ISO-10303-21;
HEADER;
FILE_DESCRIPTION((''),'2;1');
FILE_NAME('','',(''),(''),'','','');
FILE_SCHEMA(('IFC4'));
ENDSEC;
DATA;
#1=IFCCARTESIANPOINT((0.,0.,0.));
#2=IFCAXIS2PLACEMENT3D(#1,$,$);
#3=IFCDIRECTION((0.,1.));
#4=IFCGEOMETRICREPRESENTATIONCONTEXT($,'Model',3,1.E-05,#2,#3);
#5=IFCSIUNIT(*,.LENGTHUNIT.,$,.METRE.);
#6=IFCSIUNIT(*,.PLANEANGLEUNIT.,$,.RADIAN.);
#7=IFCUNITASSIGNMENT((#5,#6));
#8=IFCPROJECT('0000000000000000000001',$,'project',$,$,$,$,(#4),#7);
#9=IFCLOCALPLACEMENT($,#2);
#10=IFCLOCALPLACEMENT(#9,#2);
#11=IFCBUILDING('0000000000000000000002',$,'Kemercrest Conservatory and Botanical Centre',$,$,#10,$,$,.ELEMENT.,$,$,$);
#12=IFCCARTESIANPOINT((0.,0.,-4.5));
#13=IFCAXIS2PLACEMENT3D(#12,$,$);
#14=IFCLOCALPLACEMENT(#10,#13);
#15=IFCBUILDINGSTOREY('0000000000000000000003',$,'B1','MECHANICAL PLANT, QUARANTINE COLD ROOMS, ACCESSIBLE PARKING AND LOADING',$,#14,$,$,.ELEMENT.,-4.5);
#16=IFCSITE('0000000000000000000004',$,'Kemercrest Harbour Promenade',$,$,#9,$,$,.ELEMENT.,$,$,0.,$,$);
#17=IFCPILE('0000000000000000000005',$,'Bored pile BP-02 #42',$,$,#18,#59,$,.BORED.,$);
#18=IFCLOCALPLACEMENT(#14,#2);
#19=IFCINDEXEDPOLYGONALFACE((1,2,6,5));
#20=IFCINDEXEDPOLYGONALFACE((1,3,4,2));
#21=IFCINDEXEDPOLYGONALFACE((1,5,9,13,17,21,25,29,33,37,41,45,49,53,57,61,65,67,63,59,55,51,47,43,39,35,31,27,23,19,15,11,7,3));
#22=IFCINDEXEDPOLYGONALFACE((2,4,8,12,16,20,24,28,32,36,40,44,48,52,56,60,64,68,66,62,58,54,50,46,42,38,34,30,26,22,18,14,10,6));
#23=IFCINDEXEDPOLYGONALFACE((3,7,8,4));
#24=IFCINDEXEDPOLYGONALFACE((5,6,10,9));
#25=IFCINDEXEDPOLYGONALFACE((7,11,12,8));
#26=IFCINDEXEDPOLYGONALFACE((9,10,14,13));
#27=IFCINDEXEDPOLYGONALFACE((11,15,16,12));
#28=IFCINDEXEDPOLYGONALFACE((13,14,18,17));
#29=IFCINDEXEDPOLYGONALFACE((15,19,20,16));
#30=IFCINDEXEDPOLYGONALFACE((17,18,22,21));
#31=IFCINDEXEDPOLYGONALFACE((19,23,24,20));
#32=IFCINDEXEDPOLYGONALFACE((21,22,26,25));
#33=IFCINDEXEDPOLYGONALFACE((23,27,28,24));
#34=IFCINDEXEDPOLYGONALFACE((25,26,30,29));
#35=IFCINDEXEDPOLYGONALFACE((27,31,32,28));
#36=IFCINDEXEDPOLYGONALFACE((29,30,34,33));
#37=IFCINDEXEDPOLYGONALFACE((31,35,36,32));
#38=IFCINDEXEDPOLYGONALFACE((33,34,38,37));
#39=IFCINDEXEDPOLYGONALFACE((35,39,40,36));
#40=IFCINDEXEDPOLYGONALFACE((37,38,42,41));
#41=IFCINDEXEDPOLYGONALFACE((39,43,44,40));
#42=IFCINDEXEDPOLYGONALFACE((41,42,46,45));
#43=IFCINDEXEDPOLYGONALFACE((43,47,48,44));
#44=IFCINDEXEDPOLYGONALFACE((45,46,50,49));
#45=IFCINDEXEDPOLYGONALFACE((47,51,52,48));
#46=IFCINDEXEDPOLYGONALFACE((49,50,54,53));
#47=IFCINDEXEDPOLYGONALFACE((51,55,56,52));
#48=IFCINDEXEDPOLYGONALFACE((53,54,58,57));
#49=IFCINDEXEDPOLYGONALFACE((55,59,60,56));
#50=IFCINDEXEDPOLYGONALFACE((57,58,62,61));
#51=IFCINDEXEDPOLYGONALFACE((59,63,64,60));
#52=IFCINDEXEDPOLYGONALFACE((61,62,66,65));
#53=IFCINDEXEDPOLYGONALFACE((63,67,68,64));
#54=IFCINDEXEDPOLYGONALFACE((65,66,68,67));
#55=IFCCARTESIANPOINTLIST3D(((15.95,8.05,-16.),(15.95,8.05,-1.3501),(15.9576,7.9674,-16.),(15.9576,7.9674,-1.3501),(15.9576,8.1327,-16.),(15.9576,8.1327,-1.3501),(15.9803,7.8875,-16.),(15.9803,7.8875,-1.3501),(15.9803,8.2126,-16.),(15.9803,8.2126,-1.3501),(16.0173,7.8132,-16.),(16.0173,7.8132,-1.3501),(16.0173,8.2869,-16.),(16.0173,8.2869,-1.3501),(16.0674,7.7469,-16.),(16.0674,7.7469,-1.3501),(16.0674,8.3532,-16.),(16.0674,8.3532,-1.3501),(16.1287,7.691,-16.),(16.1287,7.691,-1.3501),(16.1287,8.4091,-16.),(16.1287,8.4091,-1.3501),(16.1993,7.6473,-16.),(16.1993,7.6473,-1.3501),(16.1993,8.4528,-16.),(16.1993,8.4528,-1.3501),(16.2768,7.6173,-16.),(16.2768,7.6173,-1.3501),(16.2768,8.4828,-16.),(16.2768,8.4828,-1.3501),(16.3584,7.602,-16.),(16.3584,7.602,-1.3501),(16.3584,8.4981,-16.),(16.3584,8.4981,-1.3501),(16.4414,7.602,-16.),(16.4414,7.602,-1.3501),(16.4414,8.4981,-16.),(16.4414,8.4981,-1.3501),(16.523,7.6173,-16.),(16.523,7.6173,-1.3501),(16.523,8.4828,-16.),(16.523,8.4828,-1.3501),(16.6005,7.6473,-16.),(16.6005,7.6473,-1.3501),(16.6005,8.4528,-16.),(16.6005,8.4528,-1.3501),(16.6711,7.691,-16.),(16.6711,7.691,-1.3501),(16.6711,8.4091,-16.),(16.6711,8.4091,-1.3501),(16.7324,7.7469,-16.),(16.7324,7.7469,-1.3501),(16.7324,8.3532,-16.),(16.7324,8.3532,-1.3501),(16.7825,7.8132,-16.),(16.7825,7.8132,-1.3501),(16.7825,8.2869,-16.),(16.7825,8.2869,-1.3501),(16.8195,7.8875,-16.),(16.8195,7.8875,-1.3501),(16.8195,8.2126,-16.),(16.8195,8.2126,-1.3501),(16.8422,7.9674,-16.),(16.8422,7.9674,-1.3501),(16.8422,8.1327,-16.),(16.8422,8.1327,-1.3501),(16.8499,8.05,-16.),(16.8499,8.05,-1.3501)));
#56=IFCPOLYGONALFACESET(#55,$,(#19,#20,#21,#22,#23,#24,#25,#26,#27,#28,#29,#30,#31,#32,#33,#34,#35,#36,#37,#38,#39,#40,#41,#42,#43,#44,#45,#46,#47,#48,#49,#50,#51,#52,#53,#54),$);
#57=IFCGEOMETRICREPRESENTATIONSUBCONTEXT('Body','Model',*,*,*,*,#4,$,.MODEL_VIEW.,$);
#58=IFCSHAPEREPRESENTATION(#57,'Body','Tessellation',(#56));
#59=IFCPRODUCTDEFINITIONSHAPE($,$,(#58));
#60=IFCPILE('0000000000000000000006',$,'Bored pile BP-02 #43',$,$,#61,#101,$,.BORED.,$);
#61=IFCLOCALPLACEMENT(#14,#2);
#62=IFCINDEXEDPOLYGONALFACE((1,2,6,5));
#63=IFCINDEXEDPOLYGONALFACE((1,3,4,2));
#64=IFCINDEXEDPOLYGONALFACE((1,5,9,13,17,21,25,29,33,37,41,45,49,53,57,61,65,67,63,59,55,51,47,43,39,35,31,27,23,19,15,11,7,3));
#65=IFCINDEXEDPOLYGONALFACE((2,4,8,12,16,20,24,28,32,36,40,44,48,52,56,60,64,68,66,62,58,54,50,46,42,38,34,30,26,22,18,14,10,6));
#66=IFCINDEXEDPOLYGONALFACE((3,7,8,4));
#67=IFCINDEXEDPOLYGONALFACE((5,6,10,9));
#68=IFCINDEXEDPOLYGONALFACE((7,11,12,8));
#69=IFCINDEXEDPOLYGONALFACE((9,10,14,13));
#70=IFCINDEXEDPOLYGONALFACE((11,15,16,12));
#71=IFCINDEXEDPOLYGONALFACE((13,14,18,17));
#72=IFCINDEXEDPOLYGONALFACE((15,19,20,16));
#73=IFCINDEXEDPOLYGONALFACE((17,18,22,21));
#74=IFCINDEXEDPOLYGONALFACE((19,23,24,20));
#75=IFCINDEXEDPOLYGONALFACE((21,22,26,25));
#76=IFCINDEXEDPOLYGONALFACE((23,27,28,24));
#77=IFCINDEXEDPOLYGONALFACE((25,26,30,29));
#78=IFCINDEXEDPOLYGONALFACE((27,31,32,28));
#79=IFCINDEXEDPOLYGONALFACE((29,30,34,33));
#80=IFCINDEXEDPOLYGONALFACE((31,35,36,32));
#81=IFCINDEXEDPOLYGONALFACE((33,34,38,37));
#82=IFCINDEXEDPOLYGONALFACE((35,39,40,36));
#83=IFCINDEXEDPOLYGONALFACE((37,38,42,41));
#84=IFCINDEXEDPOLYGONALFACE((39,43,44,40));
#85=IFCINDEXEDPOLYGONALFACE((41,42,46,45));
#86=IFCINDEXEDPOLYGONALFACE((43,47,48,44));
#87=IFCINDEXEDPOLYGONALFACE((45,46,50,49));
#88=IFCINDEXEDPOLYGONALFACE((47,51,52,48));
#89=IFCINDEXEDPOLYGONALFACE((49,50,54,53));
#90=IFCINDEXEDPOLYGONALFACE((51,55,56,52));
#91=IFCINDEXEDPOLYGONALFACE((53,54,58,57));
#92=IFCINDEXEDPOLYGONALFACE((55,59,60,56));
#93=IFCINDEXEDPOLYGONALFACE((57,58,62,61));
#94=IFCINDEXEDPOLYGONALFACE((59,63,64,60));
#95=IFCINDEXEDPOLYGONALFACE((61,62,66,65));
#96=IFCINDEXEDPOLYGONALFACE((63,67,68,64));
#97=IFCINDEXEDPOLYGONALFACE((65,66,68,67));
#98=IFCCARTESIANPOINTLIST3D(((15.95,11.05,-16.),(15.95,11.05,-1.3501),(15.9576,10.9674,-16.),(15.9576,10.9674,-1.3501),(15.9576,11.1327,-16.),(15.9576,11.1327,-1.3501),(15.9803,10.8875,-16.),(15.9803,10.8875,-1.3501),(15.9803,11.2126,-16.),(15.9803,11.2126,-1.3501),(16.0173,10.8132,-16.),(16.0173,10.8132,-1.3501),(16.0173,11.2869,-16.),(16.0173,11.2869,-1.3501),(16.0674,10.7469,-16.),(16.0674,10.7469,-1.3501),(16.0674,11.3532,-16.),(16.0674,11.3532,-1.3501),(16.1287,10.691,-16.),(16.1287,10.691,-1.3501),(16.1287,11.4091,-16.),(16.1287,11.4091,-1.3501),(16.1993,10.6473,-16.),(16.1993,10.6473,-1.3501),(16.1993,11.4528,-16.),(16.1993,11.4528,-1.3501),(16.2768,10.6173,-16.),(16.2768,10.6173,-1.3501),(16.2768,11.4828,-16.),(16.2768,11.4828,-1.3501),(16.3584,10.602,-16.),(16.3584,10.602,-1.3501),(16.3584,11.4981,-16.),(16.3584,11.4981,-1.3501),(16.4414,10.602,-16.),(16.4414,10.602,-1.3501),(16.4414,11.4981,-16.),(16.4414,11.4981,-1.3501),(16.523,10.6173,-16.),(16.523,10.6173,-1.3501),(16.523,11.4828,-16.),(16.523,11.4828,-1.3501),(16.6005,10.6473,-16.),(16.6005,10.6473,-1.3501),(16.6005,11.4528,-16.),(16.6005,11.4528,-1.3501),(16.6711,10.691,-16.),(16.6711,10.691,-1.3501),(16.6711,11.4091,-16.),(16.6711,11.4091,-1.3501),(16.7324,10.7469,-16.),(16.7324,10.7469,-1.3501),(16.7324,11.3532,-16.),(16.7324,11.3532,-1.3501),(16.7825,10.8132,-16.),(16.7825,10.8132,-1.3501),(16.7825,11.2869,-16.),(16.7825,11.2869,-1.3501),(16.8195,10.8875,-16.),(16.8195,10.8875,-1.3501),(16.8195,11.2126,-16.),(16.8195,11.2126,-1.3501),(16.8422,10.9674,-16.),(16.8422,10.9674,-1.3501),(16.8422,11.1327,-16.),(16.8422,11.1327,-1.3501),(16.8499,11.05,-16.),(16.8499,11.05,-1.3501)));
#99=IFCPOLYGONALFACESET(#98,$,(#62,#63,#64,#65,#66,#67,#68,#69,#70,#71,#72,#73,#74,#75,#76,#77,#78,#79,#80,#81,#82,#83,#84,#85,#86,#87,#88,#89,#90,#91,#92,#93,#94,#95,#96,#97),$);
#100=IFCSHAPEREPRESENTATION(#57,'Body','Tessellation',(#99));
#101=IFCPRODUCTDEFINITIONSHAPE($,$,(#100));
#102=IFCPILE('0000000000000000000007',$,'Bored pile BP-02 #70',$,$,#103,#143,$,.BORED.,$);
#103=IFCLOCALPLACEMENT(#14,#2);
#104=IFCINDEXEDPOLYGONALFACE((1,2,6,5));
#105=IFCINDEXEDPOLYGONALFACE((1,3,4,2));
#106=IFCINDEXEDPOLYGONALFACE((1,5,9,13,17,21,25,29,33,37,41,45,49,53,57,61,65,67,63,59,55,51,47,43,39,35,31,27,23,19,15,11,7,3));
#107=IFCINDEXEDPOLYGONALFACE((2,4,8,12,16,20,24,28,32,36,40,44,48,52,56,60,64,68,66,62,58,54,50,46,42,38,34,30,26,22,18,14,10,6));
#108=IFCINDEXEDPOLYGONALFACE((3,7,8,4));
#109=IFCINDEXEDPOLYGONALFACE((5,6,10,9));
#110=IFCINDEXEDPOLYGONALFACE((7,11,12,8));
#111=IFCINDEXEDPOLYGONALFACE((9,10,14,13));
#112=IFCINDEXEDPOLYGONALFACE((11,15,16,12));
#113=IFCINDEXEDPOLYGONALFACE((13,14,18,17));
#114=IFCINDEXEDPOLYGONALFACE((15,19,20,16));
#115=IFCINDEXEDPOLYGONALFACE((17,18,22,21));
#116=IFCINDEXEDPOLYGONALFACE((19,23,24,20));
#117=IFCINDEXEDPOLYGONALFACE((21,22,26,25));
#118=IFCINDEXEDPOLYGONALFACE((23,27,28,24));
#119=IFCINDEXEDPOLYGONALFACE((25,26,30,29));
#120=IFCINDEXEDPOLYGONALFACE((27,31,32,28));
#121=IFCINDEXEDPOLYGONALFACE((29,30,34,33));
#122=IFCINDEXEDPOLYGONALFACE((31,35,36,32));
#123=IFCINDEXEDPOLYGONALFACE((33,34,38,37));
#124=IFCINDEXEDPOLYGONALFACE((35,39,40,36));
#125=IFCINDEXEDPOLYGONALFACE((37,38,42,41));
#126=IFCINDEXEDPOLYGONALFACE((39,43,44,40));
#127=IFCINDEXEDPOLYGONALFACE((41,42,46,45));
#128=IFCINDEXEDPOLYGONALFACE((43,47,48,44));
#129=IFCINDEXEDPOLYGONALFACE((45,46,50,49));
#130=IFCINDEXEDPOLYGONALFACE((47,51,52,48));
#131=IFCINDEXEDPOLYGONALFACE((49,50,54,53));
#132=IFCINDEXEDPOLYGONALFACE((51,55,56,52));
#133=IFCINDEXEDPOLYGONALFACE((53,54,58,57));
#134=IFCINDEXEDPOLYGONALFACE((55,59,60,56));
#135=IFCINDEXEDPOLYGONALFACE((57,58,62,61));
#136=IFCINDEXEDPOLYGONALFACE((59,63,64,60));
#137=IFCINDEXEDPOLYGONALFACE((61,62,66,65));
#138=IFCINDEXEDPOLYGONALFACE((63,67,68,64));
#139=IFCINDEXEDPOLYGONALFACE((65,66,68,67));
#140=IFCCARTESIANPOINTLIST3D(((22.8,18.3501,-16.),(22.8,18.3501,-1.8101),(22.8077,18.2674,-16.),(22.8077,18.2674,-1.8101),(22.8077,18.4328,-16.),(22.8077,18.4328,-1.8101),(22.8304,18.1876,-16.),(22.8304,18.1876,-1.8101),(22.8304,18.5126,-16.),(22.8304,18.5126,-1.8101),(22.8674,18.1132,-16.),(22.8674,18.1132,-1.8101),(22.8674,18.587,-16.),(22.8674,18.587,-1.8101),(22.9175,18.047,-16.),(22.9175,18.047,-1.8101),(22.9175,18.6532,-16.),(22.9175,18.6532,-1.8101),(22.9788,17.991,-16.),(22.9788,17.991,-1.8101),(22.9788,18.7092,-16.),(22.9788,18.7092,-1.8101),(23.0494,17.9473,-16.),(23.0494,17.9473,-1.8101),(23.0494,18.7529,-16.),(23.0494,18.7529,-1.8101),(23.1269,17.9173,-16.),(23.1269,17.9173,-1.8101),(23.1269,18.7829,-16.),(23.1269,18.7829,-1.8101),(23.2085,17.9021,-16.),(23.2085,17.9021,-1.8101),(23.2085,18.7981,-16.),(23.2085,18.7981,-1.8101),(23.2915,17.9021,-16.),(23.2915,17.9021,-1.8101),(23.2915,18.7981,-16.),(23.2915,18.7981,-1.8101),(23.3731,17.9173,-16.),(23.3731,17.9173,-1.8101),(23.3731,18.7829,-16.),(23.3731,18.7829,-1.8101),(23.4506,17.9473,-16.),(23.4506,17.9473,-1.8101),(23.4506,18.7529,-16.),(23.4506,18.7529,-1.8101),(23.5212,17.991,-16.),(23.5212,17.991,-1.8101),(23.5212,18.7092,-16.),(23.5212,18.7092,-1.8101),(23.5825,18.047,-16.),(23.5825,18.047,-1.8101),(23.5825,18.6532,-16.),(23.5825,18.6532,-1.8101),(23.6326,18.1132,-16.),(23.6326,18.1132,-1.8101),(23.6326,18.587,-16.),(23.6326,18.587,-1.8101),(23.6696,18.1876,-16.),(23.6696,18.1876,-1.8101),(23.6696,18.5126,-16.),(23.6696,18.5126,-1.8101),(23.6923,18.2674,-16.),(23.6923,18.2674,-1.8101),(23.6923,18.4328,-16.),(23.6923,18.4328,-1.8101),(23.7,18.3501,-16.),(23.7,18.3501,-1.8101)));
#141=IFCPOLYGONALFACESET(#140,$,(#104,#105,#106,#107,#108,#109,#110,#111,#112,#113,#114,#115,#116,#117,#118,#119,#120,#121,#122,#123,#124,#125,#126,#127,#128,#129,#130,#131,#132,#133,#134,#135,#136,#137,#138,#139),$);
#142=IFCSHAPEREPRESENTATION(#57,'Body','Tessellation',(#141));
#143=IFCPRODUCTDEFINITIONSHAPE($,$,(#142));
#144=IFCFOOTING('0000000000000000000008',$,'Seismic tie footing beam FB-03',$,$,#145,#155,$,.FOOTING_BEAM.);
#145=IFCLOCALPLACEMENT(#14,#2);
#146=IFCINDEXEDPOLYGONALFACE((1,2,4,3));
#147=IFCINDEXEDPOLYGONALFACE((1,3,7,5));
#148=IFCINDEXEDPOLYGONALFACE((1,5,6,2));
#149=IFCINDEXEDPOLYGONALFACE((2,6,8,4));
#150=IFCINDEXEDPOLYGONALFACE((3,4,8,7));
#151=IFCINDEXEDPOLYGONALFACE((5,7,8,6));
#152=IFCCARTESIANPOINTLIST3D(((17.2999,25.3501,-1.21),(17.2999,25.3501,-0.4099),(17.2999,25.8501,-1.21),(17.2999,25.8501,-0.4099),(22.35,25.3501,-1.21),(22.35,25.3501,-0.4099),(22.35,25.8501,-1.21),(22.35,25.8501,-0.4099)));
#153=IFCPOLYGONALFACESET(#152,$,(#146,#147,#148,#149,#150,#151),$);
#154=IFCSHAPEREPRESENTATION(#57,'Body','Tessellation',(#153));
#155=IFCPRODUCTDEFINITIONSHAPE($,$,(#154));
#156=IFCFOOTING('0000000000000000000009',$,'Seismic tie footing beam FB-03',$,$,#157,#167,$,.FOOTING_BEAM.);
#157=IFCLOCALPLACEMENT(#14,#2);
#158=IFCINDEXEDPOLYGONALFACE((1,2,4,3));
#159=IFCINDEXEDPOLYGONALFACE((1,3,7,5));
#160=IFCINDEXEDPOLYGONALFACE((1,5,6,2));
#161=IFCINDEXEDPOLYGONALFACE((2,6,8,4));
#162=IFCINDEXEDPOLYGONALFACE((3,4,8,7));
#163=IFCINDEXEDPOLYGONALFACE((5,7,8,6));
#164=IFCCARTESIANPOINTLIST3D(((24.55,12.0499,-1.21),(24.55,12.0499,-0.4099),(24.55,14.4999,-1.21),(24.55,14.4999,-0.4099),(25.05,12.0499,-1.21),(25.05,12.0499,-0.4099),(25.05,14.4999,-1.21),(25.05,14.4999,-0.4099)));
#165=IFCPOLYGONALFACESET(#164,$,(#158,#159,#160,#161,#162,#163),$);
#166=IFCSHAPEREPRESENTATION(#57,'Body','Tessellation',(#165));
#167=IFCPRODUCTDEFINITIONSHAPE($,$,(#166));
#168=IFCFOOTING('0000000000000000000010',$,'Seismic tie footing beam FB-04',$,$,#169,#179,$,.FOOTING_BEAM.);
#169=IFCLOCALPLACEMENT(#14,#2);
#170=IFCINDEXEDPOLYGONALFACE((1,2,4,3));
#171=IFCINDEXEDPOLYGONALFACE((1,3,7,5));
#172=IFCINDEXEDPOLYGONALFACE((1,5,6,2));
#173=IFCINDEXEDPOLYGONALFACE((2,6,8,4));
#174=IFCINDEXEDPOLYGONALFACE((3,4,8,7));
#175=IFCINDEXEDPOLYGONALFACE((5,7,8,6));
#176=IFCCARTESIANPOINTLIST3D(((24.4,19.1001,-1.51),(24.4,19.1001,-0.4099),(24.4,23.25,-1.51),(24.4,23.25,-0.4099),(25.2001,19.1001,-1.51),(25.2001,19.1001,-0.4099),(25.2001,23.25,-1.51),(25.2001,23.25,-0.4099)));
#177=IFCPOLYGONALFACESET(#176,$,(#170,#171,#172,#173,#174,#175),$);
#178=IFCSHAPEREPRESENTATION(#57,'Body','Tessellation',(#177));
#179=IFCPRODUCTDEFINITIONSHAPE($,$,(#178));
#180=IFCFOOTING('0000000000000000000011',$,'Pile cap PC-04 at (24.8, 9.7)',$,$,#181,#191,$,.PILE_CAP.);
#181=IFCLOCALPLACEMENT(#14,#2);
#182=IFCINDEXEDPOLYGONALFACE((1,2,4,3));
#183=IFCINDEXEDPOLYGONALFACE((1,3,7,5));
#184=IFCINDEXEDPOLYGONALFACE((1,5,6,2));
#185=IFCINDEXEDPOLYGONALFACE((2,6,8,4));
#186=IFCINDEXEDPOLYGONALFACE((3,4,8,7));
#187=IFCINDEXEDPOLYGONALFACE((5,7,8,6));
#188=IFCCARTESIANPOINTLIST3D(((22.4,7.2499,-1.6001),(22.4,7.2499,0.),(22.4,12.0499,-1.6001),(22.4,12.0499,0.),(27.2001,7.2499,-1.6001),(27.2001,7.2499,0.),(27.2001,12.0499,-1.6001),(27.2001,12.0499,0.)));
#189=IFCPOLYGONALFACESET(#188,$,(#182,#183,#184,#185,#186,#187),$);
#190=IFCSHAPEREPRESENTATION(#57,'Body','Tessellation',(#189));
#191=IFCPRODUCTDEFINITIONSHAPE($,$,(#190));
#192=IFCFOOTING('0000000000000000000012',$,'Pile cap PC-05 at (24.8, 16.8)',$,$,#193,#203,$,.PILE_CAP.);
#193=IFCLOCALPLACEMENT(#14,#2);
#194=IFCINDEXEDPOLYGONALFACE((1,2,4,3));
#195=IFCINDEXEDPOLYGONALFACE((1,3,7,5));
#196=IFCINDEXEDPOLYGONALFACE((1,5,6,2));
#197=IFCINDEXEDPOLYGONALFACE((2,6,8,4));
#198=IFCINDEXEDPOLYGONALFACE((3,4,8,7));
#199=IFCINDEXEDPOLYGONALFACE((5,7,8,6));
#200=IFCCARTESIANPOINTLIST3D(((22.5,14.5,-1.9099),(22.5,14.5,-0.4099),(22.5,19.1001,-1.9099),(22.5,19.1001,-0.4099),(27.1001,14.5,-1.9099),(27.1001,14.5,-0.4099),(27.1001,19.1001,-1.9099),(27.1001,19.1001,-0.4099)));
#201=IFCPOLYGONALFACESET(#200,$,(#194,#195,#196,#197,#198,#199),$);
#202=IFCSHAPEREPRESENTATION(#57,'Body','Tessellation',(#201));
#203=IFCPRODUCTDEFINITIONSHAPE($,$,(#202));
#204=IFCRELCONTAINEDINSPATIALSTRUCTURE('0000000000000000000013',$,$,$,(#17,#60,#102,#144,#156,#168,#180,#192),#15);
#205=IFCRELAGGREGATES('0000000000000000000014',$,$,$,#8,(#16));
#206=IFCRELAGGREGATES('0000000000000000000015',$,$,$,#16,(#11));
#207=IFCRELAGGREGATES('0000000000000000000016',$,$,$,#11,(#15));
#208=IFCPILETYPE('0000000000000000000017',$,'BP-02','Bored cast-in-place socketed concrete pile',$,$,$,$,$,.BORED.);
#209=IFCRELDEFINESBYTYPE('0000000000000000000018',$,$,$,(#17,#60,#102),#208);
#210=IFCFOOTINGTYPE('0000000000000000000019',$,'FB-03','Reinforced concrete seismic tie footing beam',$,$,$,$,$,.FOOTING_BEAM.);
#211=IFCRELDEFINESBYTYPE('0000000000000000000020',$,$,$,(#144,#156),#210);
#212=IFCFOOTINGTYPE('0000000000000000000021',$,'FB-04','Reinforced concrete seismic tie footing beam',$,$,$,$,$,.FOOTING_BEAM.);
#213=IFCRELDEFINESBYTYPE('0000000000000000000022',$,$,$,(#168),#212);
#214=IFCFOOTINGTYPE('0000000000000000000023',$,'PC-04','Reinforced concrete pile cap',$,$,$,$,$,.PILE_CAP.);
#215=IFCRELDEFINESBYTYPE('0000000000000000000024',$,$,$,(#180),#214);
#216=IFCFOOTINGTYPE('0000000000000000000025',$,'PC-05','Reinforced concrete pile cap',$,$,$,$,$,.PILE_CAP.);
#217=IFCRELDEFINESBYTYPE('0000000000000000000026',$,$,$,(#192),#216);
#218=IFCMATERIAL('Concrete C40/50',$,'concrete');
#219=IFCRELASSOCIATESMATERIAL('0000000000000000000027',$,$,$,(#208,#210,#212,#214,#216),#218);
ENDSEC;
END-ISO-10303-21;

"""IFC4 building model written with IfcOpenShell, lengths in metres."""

from ifc_helpers import new_model, si_unit, direction, frame, origin, origin_2d, place, context, subcontext, project, spatial, rectangle, circle, extrude, material, material_profile, profile_set, type_object, element, save


model = new_model("IFC4")

# Units and contexts
model_context = context("Model", 3, precision=1e-05, world=origin(), true_north=direction((0.0, 1.0)))
body_context = subcontext(model_context, "Body", "Model", "MODEL_VIEW")
ifc_project = project(units=[si_unit("LENGTHUNIT", "METRE"), si_unit("PLANEANGLEUNIT", "RADIAN")], contexts=[model_context])

# Site, building, storey
site_placement = place(None, origin())
site = spatial("IfcSite", under=ifc_project, at=site_placement, Name="Kemercrest Harbour Promenade", CompositionType="ELEMENT", RefElevation=0.0)
building_placement = place(site_placement, origin())
building = spatial("IfcBuilding", under=site, at=building_placement, Name="Kemercrest Conservatory and Botanical Centre", CompositionType="ELEMENT")
storey_placement = place(building_placement, frame((0.0, 0.0, -4.5)))
storey = spatial("IfcBuildingStorey", under=building, at=storey_placement, Name="B1", Description="MECHANICAL PLANT, QUARANTINE COLD ROOMS, ACCESSIBLE PARKING AND LOADING", CompositionType="ELEMENT", Elevation=-4.5)

# Piles
ifc_material_1 = material(Name="Concrete C40/50", Category="concrete")
ifc_material_profile_1 = material_profile(ifc_material_1, circle(Radius=0.45, at=origin_2d()), Name="BORED PILE 900")
ifc_profile_set_1 = profile_set([ifc_material_profile_1], Name="Concrete C40/50")
pile_type_1 = type_object("IfcPileType", Name="BP-02", Description="Bored cast-in-place socketed concrete pile", PredefinedType="BORED", material=ifc_profile_set_1)
for number, where, z_axis, x_axis, name in (
    (1, (16.3999, 8.05, -1.3501), (0.0, 0.0, -1.0), (1.0, 0.0, 0.0), "Bored pile BP-02 #42"),
    (2, (16.3999, 11.05, -1.3501), (0.0, 0.0, -1.0), (1.0, 0.0, 0.0), "Bored pile BP-02 #43"),
):
    element("IfcPile", number, at=place(storey_placement, frame(where, z_axis=z_axis, x_axis=x_axis)), inside=storey, type_object=pile_type_1, Name=name, PredefinedType="BORED", context=body_context, shape_type="SweptSolid", body=[
        extrude(circle(Radius=0.45, at=origin_2d()), origin(), (0.0, 0.0, 1.0), 14.6499),
    ])
pile_1_placement = place(storey_placement, frame((23.25, 18.3501, -1.8101), z_axis=(0.0, 0.0, -1.0), x_axis=(1.0, 0.0, 0.0)))
element("IfcPile", 3, at=pile_1_placement, inside=storey, type_object=pile_type_1, Name="Bored pile BP-02 #70", PredefinedType="BORED", context=body_context, shape_type="SweptSolid", body=[
    extrude(circle(Radius=0.45, at=origin_2d()), origin(), (0.0, 0.0, 1.0), 14.1899),
])

# Footings
footing_type_1 = type_object("IfcFootingType", Name="FB-03", Description="Reinforced concrete seismic tie footing beam", PredefinedType="FOOTING_BEAM", material=ifc_material_1)
footing_1_placement = place(storey_placement, frame((19.825, 25.6001, -1.21), z_axis=(0.0, 0.0, 1.0), x_axis=(1.0, 0.0, 0.0)))
element("IfcFooting", 4, at=footing_1_placement, inside=storey, type_object=footing_type_1, Name="Seismic tie footing beam FB-03", PredefinedType="FOOTING_BEAM", context=body_context, shape_type="SweptSolid", body=[
    extrude(rectangle(XDim=5.05, YDim=0.5, at=origin_2d()), origin(), (0.0, 0.0, 1.0), 0.8),
])
footing_2_placement = place(storey_placement, frame((24.8, 13.2749, -1.21), z_axis=(0.0, 0.0, 1.0), x_axis=(1.0, 0.0, 0.0)))
element("IfcFooting", 5, at=footing_2_placement, inside=storey, type_object=footing_type_1, Name="Seismic tie footing beam FB-03", PredefinedType="FOOTING_BEAM", context=body_context, shape_type="SweptSolid", body=[
    extrude(rectangle(XDim=0.5, YDim=2.45, at=origin_2d()), origin(), (0.0, 0.0, 1.0), 0.8),
])
footing_type_2 = type_object("IfcFootingType", Name="FB-04", Description="Reinforced concrete seismic tie footing beam", PredefinedType="FOOTING_BEAM", material=ifc_material_1)
footing_3_placement = place(storey_placement, frame((24.8, 21.175, -1.51), z_axis=(0.0, 0.0, 1.0), x_axis=(1.0, 0.0, 0.0)))
element("IfcFooting", 6, at=footing_3_placement, inside=storey, type_object=footing_type_2, Name="Seismic tie footing beam FB-04", PredefinedType="FOOTING_BEAM", context=body_context, shape_type="SweptSolid", body=[
    extrude(rectangle(XDim=0.8, YDim=4.1499, at=origin_2d()), origin(), (0.0, 0.0, 1.0), 1.1001),
])
footing_type_3 = type_object("IfcFootingType", Name="PC-04", Description="Reinforced concrete pile cap", PredefinedType="PILE_CAP", material=ifc_material_1)
footing_4_placement = place(storey_placement, frame((24.8, 9.6499, -1.6001), z_axis=(0.0, 0.0, 1.0), x_axis=(1.0, 0.0, 0.0)))
element("IfcFooting", 7, at=footing_4_placement, inside=storey, type_object=footing_type_3, Name="Pile cap PC-04 at (24.8, 9.7)", PredefinedType="PILE_CAP", context=body_context, shape_type="SweptSolid", body=[
    extrude(rectangle(XDim=4.8, YDim=4.8, at=origin_2d()), origin(), (0.0, 0.0, 1.0), 1.6001),
])
footing_type_4 = type_object("IfcFootingType", Name="PC-05", Description="Reinforced concrete pile cap", PredefinedType="PILE_CAP", material=ifc_material_1)
footing_5_placement = place(storey_placement, frame((24.8, 16.8, -1.9099), z_axis=(0.0, 0.0, 1.0), x_axis=(1.0, 0.0, 0.0)))
element("IfcFooting", 8, at=footing_5_placement, inside=storey, type_object=footing_type_4, Name="Pile cap PC-05 at (24.8, 16.8)", PredefinedType="PILE_CAP", context=body_context, shape_type="SweptSolid", body=[
    extrude(rectangle(XDim=4.6001, YDim=4.6001, at=origin_2d()), origin(), (0.0, 0.0, 1.0), 1.5),
])

save(model, "model.ifc")
